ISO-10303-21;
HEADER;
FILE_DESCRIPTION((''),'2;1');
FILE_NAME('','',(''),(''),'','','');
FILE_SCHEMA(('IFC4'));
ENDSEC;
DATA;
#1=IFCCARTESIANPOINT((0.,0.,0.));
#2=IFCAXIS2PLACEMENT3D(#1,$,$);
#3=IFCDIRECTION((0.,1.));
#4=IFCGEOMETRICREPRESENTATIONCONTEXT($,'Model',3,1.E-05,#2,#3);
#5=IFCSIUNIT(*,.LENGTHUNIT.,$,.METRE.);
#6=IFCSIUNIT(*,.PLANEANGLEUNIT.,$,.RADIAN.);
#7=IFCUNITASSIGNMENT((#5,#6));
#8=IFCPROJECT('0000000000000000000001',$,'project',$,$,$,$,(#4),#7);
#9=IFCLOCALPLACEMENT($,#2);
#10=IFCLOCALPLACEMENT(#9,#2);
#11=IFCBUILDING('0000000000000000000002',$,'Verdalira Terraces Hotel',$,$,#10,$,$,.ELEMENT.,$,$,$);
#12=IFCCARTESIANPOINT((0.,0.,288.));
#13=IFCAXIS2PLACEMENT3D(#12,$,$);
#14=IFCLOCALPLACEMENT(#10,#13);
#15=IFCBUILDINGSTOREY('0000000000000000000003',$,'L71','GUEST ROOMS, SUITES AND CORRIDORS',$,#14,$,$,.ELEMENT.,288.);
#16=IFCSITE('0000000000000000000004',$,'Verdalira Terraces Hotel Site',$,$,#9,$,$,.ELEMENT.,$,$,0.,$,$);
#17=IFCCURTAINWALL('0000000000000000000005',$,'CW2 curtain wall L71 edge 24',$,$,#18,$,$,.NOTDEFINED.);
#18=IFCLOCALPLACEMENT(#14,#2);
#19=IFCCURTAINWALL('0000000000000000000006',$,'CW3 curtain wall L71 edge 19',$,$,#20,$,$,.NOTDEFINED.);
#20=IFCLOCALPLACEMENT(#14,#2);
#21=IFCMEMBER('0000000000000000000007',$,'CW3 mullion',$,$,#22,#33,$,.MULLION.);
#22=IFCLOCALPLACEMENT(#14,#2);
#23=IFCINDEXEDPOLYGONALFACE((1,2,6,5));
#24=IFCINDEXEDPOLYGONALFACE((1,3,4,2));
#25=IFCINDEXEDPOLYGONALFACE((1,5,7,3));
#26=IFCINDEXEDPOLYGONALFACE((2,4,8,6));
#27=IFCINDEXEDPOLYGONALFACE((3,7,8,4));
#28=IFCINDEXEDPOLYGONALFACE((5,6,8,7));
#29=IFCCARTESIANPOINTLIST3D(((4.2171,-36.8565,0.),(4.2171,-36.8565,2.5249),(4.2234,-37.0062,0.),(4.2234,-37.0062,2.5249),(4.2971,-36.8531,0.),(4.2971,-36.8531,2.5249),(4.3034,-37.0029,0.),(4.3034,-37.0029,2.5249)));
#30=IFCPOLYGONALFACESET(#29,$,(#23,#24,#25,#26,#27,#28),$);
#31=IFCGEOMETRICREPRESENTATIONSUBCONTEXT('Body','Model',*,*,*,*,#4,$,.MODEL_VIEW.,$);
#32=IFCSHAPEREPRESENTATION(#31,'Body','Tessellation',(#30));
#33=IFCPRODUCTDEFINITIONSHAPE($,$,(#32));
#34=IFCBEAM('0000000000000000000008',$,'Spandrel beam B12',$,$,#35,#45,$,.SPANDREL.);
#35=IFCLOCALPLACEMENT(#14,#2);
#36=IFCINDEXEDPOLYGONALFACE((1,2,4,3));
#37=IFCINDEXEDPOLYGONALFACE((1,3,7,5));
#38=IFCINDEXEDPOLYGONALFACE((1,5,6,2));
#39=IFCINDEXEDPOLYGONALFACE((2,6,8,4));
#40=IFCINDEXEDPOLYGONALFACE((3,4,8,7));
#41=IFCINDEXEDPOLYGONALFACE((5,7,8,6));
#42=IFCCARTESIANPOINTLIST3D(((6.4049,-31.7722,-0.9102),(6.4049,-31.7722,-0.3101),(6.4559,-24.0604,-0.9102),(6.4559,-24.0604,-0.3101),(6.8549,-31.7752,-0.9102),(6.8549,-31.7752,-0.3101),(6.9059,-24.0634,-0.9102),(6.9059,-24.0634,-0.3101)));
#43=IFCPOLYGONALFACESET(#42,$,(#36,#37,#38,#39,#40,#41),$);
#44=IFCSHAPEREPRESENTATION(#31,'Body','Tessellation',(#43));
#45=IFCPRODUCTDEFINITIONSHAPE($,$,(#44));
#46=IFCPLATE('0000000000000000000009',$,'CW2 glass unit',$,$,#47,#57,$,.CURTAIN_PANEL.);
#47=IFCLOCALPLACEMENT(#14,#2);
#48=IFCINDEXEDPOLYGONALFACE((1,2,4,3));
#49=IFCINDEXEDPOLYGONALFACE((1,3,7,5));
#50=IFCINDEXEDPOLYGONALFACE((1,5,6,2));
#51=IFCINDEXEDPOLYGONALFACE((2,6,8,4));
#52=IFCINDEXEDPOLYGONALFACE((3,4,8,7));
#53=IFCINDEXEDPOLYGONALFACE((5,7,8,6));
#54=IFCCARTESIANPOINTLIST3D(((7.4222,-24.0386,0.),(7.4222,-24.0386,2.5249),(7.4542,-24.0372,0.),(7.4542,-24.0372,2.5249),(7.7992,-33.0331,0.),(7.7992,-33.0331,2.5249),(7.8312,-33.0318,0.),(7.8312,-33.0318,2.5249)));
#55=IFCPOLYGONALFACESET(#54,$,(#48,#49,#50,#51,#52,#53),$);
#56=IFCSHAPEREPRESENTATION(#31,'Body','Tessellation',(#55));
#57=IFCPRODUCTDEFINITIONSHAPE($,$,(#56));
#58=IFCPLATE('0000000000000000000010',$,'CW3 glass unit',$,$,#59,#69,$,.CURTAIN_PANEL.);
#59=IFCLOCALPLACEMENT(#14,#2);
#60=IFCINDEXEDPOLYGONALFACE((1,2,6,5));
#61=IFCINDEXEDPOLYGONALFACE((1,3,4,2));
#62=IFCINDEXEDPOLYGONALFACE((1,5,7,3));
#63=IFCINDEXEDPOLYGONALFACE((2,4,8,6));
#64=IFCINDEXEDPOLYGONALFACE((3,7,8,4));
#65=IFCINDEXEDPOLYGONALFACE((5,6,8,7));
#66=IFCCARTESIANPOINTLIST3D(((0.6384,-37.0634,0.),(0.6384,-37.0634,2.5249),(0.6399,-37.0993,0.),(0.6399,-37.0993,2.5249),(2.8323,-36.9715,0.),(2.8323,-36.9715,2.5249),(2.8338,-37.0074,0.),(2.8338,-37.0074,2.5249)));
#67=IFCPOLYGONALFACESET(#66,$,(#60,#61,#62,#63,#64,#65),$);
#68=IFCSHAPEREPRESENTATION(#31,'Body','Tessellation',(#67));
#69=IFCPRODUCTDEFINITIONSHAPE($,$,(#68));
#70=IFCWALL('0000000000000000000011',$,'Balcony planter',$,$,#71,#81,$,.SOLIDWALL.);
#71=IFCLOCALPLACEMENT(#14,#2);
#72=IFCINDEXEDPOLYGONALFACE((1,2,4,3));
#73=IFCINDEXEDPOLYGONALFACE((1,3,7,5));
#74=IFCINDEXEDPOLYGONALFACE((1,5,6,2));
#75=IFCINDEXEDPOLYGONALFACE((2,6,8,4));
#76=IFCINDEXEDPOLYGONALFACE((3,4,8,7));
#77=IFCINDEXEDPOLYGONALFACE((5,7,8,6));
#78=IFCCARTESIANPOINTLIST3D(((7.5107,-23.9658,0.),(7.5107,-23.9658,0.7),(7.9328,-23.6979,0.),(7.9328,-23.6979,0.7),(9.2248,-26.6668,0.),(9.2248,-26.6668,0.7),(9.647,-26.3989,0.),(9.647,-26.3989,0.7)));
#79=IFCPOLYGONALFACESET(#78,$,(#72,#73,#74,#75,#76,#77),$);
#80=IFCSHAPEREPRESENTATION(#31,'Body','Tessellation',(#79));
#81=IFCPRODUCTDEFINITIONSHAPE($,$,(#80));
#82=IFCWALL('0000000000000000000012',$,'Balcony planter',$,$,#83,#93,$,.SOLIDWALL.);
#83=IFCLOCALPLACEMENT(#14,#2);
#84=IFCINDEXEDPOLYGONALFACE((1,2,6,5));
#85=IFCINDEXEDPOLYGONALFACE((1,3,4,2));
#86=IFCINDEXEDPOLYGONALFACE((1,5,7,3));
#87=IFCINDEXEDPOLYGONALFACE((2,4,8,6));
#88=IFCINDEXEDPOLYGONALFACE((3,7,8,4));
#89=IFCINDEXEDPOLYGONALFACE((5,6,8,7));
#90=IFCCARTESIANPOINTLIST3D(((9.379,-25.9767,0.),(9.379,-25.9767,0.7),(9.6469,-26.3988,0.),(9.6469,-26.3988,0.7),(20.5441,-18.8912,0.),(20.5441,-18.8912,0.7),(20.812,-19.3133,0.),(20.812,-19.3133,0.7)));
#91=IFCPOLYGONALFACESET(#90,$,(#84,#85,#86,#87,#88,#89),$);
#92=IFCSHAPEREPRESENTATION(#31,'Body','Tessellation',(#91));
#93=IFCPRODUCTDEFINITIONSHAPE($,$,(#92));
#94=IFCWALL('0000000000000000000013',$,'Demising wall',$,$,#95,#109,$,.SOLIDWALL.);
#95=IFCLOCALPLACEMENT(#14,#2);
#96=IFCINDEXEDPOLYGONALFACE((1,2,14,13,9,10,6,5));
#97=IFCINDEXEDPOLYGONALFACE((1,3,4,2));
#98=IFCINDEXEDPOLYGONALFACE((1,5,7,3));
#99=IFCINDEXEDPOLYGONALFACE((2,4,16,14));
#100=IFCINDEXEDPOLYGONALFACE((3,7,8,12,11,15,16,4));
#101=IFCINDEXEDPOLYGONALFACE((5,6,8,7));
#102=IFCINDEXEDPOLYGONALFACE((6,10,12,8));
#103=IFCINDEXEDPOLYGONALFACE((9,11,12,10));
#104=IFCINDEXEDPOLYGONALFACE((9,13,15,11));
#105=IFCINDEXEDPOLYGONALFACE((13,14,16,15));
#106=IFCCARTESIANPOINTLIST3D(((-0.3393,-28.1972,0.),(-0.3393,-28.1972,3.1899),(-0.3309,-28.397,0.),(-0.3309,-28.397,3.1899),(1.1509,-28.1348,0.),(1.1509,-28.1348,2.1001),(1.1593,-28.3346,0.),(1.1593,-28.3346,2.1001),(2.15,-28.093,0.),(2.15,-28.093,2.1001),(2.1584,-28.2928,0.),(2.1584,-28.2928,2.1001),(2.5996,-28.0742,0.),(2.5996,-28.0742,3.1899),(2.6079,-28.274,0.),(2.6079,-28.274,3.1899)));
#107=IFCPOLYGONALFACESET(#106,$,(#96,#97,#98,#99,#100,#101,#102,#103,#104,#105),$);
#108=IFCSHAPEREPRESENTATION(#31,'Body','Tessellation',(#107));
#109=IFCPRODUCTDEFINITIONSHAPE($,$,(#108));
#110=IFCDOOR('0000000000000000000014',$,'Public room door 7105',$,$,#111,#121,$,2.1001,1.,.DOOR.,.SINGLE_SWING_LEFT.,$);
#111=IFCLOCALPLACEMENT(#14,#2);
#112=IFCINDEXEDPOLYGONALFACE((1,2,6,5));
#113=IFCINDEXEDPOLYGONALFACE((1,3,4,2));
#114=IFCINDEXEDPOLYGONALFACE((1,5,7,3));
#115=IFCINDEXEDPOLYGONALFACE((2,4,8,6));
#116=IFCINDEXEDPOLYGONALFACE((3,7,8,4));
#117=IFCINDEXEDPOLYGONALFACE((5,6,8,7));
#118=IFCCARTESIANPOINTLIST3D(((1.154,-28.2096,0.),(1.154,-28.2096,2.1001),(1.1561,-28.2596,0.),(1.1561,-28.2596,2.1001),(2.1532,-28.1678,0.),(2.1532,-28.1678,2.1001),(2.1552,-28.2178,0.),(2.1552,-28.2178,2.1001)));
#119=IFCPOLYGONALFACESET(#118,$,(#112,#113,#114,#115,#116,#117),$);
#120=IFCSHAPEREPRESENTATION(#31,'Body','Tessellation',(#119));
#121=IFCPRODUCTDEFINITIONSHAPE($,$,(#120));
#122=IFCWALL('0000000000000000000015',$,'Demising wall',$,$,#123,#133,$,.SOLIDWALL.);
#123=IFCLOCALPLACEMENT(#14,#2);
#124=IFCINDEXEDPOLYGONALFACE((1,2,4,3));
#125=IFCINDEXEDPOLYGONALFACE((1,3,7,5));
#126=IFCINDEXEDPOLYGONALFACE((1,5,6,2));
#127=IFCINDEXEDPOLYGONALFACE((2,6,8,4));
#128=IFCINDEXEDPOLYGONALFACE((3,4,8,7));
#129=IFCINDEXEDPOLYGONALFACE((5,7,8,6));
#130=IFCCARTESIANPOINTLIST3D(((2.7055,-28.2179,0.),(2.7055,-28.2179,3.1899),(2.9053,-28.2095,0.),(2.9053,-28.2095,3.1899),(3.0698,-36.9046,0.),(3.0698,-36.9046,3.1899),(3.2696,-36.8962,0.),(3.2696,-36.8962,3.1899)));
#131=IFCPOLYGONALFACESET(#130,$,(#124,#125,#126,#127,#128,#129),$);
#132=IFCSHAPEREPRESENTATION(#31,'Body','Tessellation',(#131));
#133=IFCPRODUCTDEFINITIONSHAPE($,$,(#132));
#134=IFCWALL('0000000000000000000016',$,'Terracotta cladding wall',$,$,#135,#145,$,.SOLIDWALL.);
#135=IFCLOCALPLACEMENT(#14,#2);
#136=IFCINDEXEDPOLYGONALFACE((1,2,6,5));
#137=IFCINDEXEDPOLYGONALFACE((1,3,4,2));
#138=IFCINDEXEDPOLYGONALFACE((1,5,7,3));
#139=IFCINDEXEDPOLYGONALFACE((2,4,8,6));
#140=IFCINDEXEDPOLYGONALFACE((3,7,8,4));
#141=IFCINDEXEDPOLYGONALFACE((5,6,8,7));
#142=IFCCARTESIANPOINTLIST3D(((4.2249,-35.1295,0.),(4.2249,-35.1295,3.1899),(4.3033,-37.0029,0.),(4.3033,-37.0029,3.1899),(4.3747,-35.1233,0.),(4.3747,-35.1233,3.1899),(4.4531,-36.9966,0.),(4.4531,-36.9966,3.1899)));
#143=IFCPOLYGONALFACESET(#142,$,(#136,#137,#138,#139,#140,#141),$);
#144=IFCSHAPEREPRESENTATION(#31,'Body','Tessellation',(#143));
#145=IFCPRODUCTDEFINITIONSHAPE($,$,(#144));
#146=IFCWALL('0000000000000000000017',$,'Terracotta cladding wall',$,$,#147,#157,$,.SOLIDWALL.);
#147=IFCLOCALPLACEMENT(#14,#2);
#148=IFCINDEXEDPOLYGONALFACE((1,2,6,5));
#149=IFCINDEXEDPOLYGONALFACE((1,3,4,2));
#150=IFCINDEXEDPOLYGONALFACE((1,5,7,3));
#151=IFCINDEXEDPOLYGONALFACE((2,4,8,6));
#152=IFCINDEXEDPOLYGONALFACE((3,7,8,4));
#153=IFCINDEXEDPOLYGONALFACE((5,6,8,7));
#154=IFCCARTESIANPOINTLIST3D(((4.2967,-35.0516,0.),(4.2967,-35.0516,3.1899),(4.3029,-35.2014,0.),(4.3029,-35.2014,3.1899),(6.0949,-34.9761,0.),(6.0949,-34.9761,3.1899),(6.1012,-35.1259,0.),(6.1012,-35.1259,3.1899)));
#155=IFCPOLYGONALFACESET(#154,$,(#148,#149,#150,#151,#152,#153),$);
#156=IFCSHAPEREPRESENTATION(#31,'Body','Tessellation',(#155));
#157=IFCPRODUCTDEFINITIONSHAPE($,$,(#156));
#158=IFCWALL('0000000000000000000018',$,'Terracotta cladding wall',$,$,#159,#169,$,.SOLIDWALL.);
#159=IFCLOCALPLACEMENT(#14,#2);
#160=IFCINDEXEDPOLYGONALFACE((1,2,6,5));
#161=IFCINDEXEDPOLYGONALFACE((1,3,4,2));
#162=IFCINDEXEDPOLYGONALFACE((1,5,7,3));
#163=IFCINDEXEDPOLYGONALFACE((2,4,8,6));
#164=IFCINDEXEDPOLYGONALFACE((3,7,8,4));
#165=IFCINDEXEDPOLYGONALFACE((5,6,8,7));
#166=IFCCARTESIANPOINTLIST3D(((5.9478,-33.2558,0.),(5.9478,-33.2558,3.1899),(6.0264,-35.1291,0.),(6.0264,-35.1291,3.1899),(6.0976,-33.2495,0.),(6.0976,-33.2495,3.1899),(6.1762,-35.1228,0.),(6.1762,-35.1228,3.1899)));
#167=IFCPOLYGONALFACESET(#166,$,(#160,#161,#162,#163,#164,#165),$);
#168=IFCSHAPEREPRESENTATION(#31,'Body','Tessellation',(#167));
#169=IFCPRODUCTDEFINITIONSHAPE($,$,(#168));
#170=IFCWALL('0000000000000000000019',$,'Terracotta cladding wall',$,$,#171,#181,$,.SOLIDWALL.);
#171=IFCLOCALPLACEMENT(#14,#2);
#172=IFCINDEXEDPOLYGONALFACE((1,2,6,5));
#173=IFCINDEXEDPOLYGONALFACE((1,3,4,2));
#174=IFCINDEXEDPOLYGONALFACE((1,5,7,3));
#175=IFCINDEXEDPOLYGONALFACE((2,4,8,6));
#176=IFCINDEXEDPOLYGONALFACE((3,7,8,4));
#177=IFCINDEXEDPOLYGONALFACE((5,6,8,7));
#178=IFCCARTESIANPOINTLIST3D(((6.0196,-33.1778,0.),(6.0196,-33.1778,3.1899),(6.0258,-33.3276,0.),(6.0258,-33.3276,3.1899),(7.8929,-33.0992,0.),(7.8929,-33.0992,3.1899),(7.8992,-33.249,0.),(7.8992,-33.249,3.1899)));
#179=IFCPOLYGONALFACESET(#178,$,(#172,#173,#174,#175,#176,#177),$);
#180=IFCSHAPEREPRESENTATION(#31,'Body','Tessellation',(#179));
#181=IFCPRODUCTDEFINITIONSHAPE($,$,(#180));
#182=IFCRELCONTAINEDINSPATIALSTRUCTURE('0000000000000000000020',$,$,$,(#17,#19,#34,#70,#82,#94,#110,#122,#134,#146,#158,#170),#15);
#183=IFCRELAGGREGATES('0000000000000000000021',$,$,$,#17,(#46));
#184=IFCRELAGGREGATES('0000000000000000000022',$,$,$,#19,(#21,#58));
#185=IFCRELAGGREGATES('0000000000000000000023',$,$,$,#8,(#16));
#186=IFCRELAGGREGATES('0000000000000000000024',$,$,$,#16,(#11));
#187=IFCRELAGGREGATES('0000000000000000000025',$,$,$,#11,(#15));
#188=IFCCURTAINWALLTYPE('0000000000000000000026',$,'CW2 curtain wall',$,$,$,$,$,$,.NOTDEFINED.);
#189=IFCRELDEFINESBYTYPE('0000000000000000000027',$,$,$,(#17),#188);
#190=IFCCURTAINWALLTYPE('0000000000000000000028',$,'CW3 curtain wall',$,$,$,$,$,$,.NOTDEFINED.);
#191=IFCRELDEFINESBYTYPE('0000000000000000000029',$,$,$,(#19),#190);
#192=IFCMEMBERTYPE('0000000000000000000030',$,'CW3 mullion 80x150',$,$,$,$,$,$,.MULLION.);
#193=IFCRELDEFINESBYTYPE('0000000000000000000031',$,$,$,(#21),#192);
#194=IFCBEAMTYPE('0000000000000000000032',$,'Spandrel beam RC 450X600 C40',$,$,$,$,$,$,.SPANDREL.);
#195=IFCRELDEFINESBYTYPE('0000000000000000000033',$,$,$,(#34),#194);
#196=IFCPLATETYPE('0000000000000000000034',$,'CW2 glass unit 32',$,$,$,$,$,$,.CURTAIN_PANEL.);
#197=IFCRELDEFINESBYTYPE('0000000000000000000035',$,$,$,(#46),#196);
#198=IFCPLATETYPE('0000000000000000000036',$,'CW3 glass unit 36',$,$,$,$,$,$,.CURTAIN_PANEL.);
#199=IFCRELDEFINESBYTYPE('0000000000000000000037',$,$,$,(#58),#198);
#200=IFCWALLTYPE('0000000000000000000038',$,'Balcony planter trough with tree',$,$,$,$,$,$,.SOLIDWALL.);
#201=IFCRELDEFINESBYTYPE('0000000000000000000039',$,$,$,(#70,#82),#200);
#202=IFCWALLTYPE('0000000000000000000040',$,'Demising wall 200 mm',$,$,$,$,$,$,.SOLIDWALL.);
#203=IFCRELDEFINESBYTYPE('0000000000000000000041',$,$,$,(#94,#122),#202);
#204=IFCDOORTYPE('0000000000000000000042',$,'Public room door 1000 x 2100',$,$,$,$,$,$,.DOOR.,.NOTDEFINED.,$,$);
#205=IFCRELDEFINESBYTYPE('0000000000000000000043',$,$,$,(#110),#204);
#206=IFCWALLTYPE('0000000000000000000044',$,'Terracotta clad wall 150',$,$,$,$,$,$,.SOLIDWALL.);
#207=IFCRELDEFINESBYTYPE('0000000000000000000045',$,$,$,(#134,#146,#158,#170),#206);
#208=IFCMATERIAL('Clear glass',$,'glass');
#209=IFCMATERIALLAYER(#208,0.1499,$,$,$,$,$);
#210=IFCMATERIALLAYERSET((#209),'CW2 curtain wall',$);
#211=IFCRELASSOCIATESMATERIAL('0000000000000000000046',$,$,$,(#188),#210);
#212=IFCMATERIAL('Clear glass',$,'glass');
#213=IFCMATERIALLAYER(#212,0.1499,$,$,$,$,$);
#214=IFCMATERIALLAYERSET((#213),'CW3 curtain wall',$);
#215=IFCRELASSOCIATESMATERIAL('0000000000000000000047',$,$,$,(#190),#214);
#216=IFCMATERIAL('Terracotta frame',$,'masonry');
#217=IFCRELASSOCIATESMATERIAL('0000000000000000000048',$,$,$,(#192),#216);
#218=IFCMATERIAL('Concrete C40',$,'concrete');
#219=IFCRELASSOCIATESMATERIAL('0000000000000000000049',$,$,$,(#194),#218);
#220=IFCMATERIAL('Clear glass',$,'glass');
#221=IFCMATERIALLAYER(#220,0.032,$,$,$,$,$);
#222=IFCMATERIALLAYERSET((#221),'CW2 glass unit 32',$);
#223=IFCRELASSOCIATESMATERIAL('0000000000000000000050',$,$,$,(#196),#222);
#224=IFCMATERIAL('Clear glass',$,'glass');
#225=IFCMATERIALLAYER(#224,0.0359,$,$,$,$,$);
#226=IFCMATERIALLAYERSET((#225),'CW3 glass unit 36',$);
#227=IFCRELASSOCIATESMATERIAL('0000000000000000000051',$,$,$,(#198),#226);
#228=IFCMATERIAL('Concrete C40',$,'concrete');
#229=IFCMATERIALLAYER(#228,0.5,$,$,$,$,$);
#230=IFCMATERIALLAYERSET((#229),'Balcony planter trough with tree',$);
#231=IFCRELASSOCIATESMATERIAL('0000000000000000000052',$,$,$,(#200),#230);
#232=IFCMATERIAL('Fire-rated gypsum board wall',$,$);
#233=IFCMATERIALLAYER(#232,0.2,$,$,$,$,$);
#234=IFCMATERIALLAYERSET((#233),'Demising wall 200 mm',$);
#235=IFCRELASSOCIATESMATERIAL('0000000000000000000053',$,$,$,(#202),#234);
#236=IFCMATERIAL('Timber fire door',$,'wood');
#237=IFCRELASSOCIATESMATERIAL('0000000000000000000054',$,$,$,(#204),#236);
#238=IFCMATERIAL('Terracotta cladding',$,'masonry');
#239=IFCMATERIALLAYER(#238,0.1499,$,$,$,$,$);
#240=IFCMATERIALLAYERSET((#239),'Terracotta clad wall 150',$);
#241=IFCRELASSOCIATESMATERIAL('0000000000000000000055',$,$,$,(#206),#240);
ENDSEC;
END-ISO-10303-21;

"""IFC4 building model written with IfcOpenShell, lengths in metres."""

from ifc_helpers import new_model, si_unit, direction, frame, frame_2d, origin, origin_2d, place, context, subcontext, project, spatial, rectangle, extrude, material, layer, layer_set, material_profile, profile_set, type_object, element, fill, aggregate, save


model = new_model("IFC4")

# Units and contexts
model_context = context("Model", 3, precision=1e-05, world=origin(), true_north=direction((0.0, 1.0)))
body_context = subcontext(model_context, "Body", "Model", "MODEL_VIEW")
ifc_project = project(units=[si_unit("LENGTHUNIT", "METRE"), si_unit("PLANEANGLEUNIT", "RADIAN")], contexts=[model_context])

# Site, building, storey
site_placement = place(None, origin())
site = spatial("IfcSite", under=ifc_project, at=site_placement, Name="Verdalira Terraces Hotel Site", CompositionType="ELEMENT", RefElevation=0.0)
building_placement = place(site_placement, origin())
building = spatial("IfcBuilding", under=site, at=building_placement, Name="Verdalira Terraces Hotel", CompositionType="ELEMENT")
storey_placement = place(building_placement, frame((0.0, 0.0, 288.0)))
storey = spatial("IfcBuildingStorey", under=building, at=storey_placement, Name="L71", Description="GUEST ROOMS, SUITES AND CORRIDORS", CompositionType="ELEMENT", Elevation=288.0)

# Curtain walls, member
ifc_material_1 = material(Name="Clear glass", Category="glass")
ifc_layer_1 = layer(ifc_material_1, 0.1499)
ifc_layer_set_1 = layer_set([ifc_layer_1], Name="CW2 curtain wall")
curtain_wall_type_1 = type_object("IfcCurtainWallType", Name="CW2 curtain wall", PredefinedType="NOTDEFINED", material=ifc_layer_set_1)
curtain_wall_1_placement = place(storey_placement, origin())
curtain_wall_1 = element("IfcCurtainWall", 1, at=curtain_wall_1_placement, inside=storey, type_object=curtain_wall_type_1, Name="CW2 curtain wall L71 edge 24", PredefinedType="NOTDEFINED")
ifc_material_2 = material(Name="Clear glass", Category="glass")
ifc_layer_2 = layer(ifc_material_2, 0.1499)
ifc_layer_set_2 = layer_set([ifc_layer_2], Name="CW3 curtain wall")
curtain_wall_type_2 = type_object("IfcCurtainWallType", Name="CW3 curtain wall", PredefinedType="NOTDEFINED", material=ifc_layer_set_2)
curtain_wall_2_placement = place(storey_placement, origin())
curtain_wall_2 = element("IfcCurtainWall", 2, at=curtain_wall_2_placement, inside=storey, type_object=curtain_wall_type_2, Name="CW3 curtain wall L71 edge 19", PredefinedType="NOTDEFINED")
ifc_material_3 = material(Name="Terracotta frame", Category="masonry")
ifc_material_profile_1 = material_profile(ifc_material_3, rectangle(XDim=0.0801, YDim=0.1499, at=origin_2d()), Name="MU 80x150")
ifc_profile_set_1 = profile_set([ifc_material_profile_1], Name="Terracotta frame")
member_type_1 = type_object("IfcMemberType", Name="CW3 mullion 80x150", PredefinedType="MULLION", material=ifc_profile_set_1)
member_1_placement = place(storey_placement, frame((4.2603, -36.9297, 0.0), z_axis=(0.0, 0.0, 1.0), x_axis=(0.999123, 0.041876, 0.0)))
member_1 = element("IfcMember", 3, at=member_1_placement, type_object=member_type_1, Name="CW3 mullion", PredefinedType="MULLION", context=body_context, shape_type="SweptSolid", body=[
    extrude(rectangle(XDim=0.0801, YDim=0.1499, at=origin_2d()), origin(), (0.0, 0.0, 1.0), 2.5249),
])

# Beam
ifc_material_4 = material(Name="Concrete C40", Category="concrete")
ifc_material_profile_2 = material_profile(ifc_material_4, rectangle(XDim=0.45, YDim=0.6001, at=origin_2d()), Name="RC 450X600")
ifc_profile_set_2 = profile_set([ifc_material_profile_2], Name="Concrete C40")
beam_type_1 = type_object("IfcBeamType", Name="Spandrel beam RC 450X600 C40", PredefinedType="SPANDREL", material=ifc_profile_set_2)
beam_1_placement = place(storey_placement, frame((6.6299, -31.7737, -0.6101), z_axis=(0.006617, 0.999978, 0.0), x_axis=(-0.999978, 0.006617, 0.0)))
element("IfcBeam", 4, at=beam_1_placement, inside=storey, type_object=beam_type_1, Name="Spandrel beam B12", PredefinedType="SPANDREL", context=body_context, shape_type="SweptSolid", body=[
    extrude(rectangle(XDim=0.45, YDim=0.6001, at=origin_2d()), origin(), (0.0, 0.0, 1.0), 7.7119),
])

# Plates
ifc_material_5 = material(Name="Clear glass", Category="glass")
ifc_layer_3 = layer(ifc_material_5, 0.032)
ifc_layer_set_3 = layer_set([ifc_layer_3], Name="CW2 glass unit 32")
plate_type_1 = type_object("IfcPlateType", Name="CW2 glass unit 32", PredefinedType="CURTAIN_PANEL", material=ifc_layer_set_3)
plate_1_placement = place(storey_placement, frame((7.6267, -28.5352, 0.0), z_axis=(0.0, 0.0, 1.0), x_axis=(-0.041876, 0.999123, 0.0)))
plate_1 = element("IfcPlate", 5, at=plate_1_placement, type_object=plate_type_1, Name="CW2 glass unit", PredefinedType="CURTAIN_PANEL", context=body_context, shape_type="SweptSolid", body=[
    extrude(rectangle(XDim=9.0024, YDim=0.032, at=origin_2d()), origin(), (0.0, 0.0, 1.0), 2.5249),
])
aggregate(curtain_wall_1, [plate_1])
ifc_material_6 = material(Name="Clear glass", Category="glass")
ifc_layer_4 = layer(ifc_material_6, 0.0359)
ifc_layer_set_4 = layer_set([ifc_layer_4], Name="CW3 glass unit 36")
plate_type_2 = type_object("IfcPlateType", Name="CW3 glass unit 36", PredefinedType="CURTAIN_PANEL", material=ifc_layer_set_4)
plate_2_placement = place(storey_placement, frame((1.7361, -37.0354, 0.0), z_axis=(0.0, 0.0, 1.0), x_axis=(0.999123, 0.041876, 0.0)))
plate_2 = element("IfcPlate", 6, at=plate_2_placement, type_object=plate_type_2, Name="CW3 glass unit", PredefinedType="CURTAIN_PANEL", context=body_context, shape_type="SweptSolid", body=[
    extrude(rectangle(XDim=2.1958, YDim=0.0359, at=origin_2d()), origin(), (0.0, 0.0, 1.0), 2.5249),
])
aggregate(curtain_wall_2, [member_1, plate_2])

# Walls
ifc_material_7 = material(Name="Concrete C40", Category="concrete")
ifc_layer_5 = layer(ifc_material_7, 0.5)
ifc_layer_set_5 = layer_set([ifc_layer_5], Name="Balcony planter trough with tree")
wall_type_1 = type_object("IfcWallType", Name="Balcony planter trough with tree", PredefinedType="SOLIDWALL", material=ifc_layer_set_5)
wall_1_placement = place(storey_placement, frame((7.7217, -23.8318, 0.0), z_axis=(0.0, 0.0, 1.0), x_axis=(0.535838, -0.844321, 0.0)))
element("IfcWall", 7, at=wall_1_placement, inside=storey, type_object=wall_type_1, Name="Balcony planter", PredefinedType="SOLIDWALL", context=body_context, shape_type="SweptSolid", body=[
    extrude(rectangle(XDim=3.199, YDim=0.5, at=frame_2d((1.5996, 0.0))), origin(), (0.0, 0.0, 1.0), 0.7),
])
wall_2_placement = place(storey_placement, frame((9.5129, -26.1877, 0.0), z_axis=(0.0, 0.0, 1.0), x_axis=(0.844331, 0.535821, 0.0)))
element("IfcWall", 8, at=wall_2_placement, inside=storey, type_object=wall_type_1, Name="Balcony planter", PredefinedType="SOLIDWALL", context=body_context, shape_type="SweptSolid", body=[
    extrude(rectangle(XDim=13.2236, YDim=0.5, at=frame_2d((6.6118, 0.0))), origin(), (0.0, 0.0, 1.0), 0.7),
])

# Wall, opening, door
ifc_material_8 = material(Name="Fire-rated gypsum board wall")
ifc_layer_6 = layer(ifc_material_8, 0.2)
ifc_layer_set_6 = layer_set([ifc_layer_6], Name="Demising wall 200 mm")
wall_type_2 = type_object("IfcWallType", Name="Demising wall 200 mm", PredefinedType="SOLIDWALL", material=ifc_layer_set_6)
wall_3_placement = place(storey_placement, frame((2.6038, -28.1741, 0.0), z_axis=(0.0, 0.0, 1.0), x_axis=(-0.999125, -0.041834, 0.0)))
wall_3 = element("IfcWall", 9, at=wall_3_placement, inside=storey, type_object=wall_type_2, Name="Demising wall", PredefinedType="SOLIDWALL", context=body_context, shape_type="SweptSolid", body=[
    extrude(rectangle(XDim=2.9414, YDim=0.2, at=frame_2d((1.4707, 0.0))), origin(), (0.0, 0.0, 1.0), 3.1899),
])
opening_placement = place(wall_3_placement, frame((0.45, 0.0, 0.0)))
opening = element("IfcOpeningElement", 10, at=opening_placement, cuts=wall_3, PredefinedType="OPENING", context=body_context, shape_type="SweptSolid", body=[
    extrude(rectangle(XDim=1.0, YDim=2.1001, at=frame_2d((0.5, 1.05))), frame((0.0, 0.1099, 0.0), z_axis=(0.0, -1.0, 0.0), x_axis=(1.0, 0.0, 0.0)), (0.0, 0.0, 1.0), 0.22),
])
ifc_material_9 = material(Name="Timber fire door", Category="wood")
door_type = type_object("IfcDoorType", Name="Public room door 1000 x 2100", OperationType="NOTDEFINED", PredefinedType="DOOR", material=ifc_material_9)
door_placement = place(opening_placement, origin())
door = element("IfcDoor", 11, at=door_placement, inside=storey, type_object=door_type, Name="Public room door 7105", OperationType="SINGLE_SWING_LEFT", OverallHeight=2.1001, OverallWidth=1.0, PredefinedType="DOOR", context=body_context, shape_type="SweptSolid", body=[
    extrude(rectangle(XDim=1.0, YDim=2.1001, at=frame_2d((0.5, 1.05))), frame((0.0, 0.0249, 0.0), z_axis=(0.0, -1.0, 0.0), x_axis=(1.0, 0.0, 0.0)), (0.0, 0.0, 1.0), 0.05),
])
fill(opening, door)

# Walls
wall_4_placement = place(storey_placement, frame((3.1697, -36.9004, 0.0), z_axis=(0.0, 0.0, 1.0), x_axis=(-0.041896, 0.999122, 0.0)))
element("IfcWall", 12, at=wall_4_placement, inside=storey, type_object=wall_type_2, Name="Demising wall", PredefinedType="SOLIDWALL", context=body_context, shape_type="SweptSolid", body=[
    extrude(rectangle(XDim=8.6943, YDim=0.2, at=frame_2d((4.3472, 0.0))), origin(), (0.0, 0.0, 1.0), 3.1899),
])
ifc_material_10 = material(Name="Terracotta cladding", Category="masonry")
ifc_layer_7 = layer(ifc_material_10, 0.1499)
ifc_layer_set_7 = layer_set([ifc_layer_7], Name="Terracotta clad wall 150")
wall_type_3 = type_object("IfcWallType", Name="Terracotta clad wall 150", PredefinedType="SOLIDWALL", material=ifc_layer_set_7)
wall_5_placement = place(storey_placement, frame((4.3782, -36.9998, 0.0), z_axis=(0.0, 0.0, 1.0), x_axis=(-0.041798, 0.999126, 0.0)))
element("IfcWall", 13, at=wall_5_placement, inside=storey, type_object=wall_type_3, Name="Terracotta cladding wall", PredefinedType="SOLIDWALL", context=body_context, shape_type="SweptSolid", body=[
    extrude(rectangle(XDim=1.875, YDim=0.1499, at=frame_2d((0.9375, 0.0))), origin(), (0.0, 0.0, 1.0), 3.1899),
])
wall_6_placement = place(storey_placement, frame((4.2998, -35.1265, 0.0), z_axis=(0.0, 0.0, 1.0), x_axis=(0.999121, 0.041913, 0.0)))
element("IfcWall", 14, at=wall_6_placement, inside=storey, type_object=wall_type_3, Name="Terracotta cladding wall", PredefinedType="SOLIDWALL", context=body_context, shape_type="SweptSolid", body=[
    extrude(rectangle(XDim=1.7998, YDim=0.1499, at=frame_2d((0.8999, 0.0))), origin(), (0.0, 0.0, 1.0), 3.1899),
])
for number, where, z_axis, x_axis, name in (
    (15, (6.1013, -35.126, 0.0), (0.0, 0.0, 1.0), (-0.041928, 0.999121, 0.0), "Terracotta cladding wall"),
    (16, (6.0227, -33.2527, 0.0), (0.0, 0.0, 1.0), (0.999121, 0.041928, 0.0), "Terracotta cladding wall"),
):
    element("IfcWall", number, at=place(storey_placement, frame(where, z_axis=z_axis, x_axis=x_axis)), inside=storey, type_object=wall_type_3, Name=name, PredefinedType="SOLIDWALL", context=body_context, shape_type="SweptSolid", body=[
        extrude(rectangle(XDim=1.875, YDim=0.1499, at=frame_2d((0.9375, 0.0))), origin(), (0.0, 0.0, 1.0), 3.1899),
    ])

save(model, "model.ifc")
